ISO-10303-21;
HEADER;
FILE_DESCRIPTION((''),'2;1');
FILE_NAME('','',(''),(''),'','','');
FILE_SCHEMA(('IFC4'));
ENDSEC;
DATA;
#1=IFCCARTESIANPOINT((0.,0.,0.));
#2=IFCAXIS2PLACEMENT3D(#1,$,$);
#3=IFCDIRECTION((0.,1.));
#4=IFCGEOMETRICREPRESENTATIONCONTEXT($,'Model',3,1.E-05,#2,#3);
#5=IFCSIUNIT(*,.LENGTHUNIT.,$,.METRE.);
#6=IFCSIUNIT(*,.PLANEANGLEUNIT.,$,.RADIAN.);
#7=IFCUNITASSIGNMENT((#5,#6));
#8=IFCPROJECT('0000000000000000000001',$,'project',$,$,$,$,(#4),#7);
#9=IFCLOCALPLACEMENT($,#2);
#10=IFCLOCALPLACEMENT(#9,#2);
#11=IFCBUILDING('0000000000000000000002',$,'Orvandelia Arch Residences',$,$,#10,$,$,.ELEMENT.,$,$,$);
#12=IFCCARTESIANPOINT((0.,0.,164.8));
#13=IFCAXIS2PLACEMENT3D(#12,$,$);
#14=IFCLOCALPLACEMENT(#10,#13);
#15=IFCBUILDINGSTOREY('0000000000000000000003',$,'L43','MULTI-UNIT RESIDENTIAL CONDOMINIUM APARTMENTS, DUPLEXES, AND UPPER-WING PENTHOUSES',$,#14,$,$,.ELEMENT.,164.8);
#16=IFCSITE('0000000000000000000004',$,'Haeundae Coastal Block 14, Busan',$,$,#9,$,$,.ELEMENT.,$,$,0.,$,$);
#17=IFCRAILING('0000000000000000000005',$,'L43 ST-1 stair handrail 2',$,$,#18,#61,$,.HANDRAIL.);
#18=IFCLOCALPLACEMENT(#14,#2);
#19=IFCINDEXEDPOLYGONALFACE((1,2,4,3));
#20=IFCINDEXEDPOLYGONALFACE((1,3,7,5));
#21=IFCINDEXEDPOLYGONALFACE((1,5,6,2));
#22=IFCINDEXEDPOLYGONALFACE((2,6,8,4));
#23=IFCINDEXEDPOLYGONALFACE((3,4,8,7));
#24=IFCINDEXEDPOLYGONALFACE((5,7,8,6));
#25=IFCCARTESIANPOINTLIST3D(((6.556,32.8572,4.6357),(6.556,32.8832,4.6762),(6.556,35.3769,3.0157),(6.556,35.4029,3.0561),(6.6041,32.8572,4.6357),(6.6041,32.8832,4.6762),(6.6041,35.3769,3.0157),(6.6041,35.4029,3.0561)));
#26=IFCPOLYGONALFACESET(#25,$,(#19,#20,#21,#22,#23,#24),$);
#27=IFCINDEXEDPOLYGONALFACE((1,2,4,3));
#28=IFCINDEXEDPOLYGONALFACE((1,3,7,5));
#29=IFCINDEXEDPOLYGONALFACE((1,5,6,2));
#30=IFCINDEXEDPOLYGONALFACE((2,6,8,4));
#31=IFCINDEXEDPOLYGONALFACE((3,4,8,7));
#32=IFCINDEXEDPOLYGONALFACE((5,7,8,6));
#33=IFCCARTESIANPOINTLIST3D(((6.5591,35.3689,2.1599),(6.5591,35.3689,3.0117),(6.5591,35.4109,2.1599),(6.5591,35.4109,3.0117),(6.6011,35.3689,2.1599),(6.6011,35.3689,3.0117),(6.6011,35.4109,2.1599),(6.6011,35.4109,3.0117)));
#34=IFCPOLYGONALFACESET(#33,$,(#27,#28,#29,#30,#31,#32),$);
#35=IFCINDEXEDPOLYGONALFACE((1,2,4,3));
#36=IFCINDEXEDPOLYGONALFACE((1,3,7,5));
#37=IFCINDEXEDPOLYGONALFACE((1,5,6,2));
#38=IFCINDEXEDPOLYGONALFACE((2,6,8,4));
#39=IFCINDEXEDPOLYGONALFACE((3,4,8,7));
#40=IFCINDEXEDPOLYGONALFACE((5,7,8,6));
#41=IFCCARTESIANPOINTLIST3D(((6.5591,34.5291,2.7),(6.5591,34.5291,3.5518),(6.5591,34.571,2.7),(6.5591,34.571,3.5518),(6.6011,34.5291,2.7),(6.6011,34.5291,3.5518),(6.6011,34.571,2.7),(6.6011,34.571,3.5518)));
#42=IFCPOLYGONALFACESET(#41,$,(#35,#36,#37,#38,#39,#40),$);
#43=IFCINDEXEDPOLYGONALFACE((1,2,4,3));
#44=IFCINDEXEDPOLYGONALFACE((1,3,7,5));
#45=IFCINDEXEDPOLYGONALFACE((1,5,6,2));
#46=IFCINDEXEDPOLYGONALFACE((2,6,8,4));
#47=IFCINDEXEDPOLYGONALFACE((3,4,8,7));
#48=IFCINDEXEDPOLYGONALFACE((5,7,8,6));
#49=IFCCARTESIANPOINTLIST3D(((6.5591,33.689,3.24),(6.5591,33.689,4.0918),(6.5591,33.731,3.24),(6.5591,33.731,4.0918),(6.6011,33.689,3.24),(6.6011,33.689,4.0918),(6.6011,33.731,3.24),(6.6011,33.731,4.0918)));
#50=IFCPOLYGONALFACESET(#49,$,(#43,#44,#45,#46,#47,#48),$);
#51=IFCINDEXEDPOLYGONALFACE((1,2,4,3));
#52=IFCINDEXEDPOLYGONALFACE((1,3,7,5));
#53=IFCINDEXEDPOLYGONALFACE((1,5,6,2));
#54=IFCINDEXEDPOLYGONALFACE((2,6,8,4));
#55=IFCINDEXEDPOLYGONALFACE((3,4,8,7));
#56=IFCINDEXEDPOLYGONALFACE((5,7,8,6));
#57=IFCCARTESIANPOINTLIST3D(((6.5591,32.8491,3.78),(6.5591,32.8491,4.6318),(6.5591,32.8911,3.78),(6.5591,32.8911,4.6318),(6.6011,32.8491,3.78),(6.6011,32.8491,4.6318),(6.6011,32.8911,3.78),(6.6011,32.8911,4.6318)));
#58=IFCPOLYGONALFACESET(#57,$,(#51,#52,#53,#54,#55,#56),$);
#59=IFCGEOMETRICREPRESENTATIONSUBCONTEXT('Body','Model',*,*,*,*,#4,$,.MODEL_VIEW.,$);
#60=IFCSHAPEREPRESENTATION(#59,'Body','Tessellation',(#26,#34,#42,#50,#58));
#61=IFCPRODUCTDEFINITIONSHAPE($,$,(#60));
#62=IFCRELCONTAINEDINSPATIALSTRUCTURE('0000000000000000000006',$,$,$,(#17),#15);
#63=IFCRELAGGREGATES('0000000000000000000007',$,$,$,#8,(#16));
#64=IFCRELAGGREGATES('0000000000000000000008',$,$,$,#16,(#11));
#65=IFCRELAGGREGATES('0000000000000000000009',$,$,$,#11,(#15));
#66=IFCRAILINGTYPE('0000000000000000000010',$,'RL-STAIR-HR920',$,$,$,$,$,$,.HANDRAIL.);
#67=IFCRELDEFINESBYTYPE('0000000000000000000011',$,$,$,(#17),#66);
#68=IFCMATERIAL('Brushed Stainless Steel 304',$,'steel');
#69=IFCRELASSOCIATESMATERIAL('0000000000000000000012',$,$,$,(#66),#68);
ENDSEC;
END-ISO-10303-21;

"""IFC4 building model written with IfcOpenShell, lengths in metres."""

from ifc_helpers import new_model, si_unit, direction, frame, origin, origin_2d, place, context, subcontext, project, spatial, rectangle, extrude, material, type_object, element, save


model = new_model("IFC4")

# Units and contexts
model_context = context("Model", 3, precision=1e-05, world=origin(), true_north=direction((0.0, 1.0)))
body_context = subcontext(model_context, "Body", "Model", "MODEL_VIEW")
ifc_project = project(units=[si_unit("LENGTHUNIT", "METRE"), si_unit("PLANEANGLEUNIT", "RADIAN")], contexts=[model_context])

# Site, building, storey
site_placement = place(None, origin())
site = spatial("IfcSite", under=ifc_project, at=site_placement, Name="Haeundae Coastal Block 14, Busan", CompositionType="ELEMENT", RefElevation=0.0)
building_placement = place(site_placement, origin())
building = spatial("IfcBuilding", under=site, at=building_placement, Name="Orvandelia Arch Residences", CompositionType="ELEMENT")
storey_placement = place(building_placement, frame((0.0, 0.0, 164.8)))
storey = spatial("IfcBuildingStorey", under=building, at=storey_placement, Name="L43", Description="MULTI-UNIT RESIDENTIAL CONDOMINIUM APARTMENTS, DUPLEXES, AND UPPER-WING PENTHOUSES", CompositionType="ELEMENT", Elevation=164.8)

# Railing
ifc_material_1 = material(Name="Brushed Stainless Steel 304", Category="steel")
railing_type_1 = type_object("IfcRailingType", Name="RL-STAIR-HR920", PredefinedType="HANDRAIL", material=ifc_material_1)
railing_1_placement = place(storey_placement, frame((6.5801, 35.3899, 2.1599)))
element("IfcRailing", 1, at=railing_1_placement, inside=storey, type_object=railing_type_1, Name="L43 ST-1 stair handrail 2", PredefinedType="HANDRAIL", context=body_context, shape_type="SweptSolid", body=[
    extrude(rectangle(XDim=0.0481, YDim=0.0481, at=origin_2d()), frame((0.0, 0.0, 0.876), z_axis=(0.0, -0.841139, 0.540819), x_axis=(1.0, 0.0, 0.0)), (0.0, 0.0, 1.0), 2.9956),
    extrude(rectangle(XDim=0.042, YDim=0.042, at=origin_2d()), origin(), (0.0, 0.0, 1.0), 0.8518),
    extrude(rectangle(XDim=0.042, YDim=0.042, at=origin_2d()), frame((0.0, -0.8398, 0.54)), (0.0, 0.0, 1.0), 0.8518),
    extrude(rectangle(XDim=0.042, YDim=0.042, at=origin_2d()), frame((0.0, -1.6799, 1.0801)), (0.0, 0.0, 1.0), 0.8518),
    extrude(rectangle(XDim=0.042, YDim=0.042, at=origin_2d()), frame((0.0, -2.5198, 1.6201)), (0.0, 0.0, 1.0), 0.8518),
])

save(model, "model.ifc")
